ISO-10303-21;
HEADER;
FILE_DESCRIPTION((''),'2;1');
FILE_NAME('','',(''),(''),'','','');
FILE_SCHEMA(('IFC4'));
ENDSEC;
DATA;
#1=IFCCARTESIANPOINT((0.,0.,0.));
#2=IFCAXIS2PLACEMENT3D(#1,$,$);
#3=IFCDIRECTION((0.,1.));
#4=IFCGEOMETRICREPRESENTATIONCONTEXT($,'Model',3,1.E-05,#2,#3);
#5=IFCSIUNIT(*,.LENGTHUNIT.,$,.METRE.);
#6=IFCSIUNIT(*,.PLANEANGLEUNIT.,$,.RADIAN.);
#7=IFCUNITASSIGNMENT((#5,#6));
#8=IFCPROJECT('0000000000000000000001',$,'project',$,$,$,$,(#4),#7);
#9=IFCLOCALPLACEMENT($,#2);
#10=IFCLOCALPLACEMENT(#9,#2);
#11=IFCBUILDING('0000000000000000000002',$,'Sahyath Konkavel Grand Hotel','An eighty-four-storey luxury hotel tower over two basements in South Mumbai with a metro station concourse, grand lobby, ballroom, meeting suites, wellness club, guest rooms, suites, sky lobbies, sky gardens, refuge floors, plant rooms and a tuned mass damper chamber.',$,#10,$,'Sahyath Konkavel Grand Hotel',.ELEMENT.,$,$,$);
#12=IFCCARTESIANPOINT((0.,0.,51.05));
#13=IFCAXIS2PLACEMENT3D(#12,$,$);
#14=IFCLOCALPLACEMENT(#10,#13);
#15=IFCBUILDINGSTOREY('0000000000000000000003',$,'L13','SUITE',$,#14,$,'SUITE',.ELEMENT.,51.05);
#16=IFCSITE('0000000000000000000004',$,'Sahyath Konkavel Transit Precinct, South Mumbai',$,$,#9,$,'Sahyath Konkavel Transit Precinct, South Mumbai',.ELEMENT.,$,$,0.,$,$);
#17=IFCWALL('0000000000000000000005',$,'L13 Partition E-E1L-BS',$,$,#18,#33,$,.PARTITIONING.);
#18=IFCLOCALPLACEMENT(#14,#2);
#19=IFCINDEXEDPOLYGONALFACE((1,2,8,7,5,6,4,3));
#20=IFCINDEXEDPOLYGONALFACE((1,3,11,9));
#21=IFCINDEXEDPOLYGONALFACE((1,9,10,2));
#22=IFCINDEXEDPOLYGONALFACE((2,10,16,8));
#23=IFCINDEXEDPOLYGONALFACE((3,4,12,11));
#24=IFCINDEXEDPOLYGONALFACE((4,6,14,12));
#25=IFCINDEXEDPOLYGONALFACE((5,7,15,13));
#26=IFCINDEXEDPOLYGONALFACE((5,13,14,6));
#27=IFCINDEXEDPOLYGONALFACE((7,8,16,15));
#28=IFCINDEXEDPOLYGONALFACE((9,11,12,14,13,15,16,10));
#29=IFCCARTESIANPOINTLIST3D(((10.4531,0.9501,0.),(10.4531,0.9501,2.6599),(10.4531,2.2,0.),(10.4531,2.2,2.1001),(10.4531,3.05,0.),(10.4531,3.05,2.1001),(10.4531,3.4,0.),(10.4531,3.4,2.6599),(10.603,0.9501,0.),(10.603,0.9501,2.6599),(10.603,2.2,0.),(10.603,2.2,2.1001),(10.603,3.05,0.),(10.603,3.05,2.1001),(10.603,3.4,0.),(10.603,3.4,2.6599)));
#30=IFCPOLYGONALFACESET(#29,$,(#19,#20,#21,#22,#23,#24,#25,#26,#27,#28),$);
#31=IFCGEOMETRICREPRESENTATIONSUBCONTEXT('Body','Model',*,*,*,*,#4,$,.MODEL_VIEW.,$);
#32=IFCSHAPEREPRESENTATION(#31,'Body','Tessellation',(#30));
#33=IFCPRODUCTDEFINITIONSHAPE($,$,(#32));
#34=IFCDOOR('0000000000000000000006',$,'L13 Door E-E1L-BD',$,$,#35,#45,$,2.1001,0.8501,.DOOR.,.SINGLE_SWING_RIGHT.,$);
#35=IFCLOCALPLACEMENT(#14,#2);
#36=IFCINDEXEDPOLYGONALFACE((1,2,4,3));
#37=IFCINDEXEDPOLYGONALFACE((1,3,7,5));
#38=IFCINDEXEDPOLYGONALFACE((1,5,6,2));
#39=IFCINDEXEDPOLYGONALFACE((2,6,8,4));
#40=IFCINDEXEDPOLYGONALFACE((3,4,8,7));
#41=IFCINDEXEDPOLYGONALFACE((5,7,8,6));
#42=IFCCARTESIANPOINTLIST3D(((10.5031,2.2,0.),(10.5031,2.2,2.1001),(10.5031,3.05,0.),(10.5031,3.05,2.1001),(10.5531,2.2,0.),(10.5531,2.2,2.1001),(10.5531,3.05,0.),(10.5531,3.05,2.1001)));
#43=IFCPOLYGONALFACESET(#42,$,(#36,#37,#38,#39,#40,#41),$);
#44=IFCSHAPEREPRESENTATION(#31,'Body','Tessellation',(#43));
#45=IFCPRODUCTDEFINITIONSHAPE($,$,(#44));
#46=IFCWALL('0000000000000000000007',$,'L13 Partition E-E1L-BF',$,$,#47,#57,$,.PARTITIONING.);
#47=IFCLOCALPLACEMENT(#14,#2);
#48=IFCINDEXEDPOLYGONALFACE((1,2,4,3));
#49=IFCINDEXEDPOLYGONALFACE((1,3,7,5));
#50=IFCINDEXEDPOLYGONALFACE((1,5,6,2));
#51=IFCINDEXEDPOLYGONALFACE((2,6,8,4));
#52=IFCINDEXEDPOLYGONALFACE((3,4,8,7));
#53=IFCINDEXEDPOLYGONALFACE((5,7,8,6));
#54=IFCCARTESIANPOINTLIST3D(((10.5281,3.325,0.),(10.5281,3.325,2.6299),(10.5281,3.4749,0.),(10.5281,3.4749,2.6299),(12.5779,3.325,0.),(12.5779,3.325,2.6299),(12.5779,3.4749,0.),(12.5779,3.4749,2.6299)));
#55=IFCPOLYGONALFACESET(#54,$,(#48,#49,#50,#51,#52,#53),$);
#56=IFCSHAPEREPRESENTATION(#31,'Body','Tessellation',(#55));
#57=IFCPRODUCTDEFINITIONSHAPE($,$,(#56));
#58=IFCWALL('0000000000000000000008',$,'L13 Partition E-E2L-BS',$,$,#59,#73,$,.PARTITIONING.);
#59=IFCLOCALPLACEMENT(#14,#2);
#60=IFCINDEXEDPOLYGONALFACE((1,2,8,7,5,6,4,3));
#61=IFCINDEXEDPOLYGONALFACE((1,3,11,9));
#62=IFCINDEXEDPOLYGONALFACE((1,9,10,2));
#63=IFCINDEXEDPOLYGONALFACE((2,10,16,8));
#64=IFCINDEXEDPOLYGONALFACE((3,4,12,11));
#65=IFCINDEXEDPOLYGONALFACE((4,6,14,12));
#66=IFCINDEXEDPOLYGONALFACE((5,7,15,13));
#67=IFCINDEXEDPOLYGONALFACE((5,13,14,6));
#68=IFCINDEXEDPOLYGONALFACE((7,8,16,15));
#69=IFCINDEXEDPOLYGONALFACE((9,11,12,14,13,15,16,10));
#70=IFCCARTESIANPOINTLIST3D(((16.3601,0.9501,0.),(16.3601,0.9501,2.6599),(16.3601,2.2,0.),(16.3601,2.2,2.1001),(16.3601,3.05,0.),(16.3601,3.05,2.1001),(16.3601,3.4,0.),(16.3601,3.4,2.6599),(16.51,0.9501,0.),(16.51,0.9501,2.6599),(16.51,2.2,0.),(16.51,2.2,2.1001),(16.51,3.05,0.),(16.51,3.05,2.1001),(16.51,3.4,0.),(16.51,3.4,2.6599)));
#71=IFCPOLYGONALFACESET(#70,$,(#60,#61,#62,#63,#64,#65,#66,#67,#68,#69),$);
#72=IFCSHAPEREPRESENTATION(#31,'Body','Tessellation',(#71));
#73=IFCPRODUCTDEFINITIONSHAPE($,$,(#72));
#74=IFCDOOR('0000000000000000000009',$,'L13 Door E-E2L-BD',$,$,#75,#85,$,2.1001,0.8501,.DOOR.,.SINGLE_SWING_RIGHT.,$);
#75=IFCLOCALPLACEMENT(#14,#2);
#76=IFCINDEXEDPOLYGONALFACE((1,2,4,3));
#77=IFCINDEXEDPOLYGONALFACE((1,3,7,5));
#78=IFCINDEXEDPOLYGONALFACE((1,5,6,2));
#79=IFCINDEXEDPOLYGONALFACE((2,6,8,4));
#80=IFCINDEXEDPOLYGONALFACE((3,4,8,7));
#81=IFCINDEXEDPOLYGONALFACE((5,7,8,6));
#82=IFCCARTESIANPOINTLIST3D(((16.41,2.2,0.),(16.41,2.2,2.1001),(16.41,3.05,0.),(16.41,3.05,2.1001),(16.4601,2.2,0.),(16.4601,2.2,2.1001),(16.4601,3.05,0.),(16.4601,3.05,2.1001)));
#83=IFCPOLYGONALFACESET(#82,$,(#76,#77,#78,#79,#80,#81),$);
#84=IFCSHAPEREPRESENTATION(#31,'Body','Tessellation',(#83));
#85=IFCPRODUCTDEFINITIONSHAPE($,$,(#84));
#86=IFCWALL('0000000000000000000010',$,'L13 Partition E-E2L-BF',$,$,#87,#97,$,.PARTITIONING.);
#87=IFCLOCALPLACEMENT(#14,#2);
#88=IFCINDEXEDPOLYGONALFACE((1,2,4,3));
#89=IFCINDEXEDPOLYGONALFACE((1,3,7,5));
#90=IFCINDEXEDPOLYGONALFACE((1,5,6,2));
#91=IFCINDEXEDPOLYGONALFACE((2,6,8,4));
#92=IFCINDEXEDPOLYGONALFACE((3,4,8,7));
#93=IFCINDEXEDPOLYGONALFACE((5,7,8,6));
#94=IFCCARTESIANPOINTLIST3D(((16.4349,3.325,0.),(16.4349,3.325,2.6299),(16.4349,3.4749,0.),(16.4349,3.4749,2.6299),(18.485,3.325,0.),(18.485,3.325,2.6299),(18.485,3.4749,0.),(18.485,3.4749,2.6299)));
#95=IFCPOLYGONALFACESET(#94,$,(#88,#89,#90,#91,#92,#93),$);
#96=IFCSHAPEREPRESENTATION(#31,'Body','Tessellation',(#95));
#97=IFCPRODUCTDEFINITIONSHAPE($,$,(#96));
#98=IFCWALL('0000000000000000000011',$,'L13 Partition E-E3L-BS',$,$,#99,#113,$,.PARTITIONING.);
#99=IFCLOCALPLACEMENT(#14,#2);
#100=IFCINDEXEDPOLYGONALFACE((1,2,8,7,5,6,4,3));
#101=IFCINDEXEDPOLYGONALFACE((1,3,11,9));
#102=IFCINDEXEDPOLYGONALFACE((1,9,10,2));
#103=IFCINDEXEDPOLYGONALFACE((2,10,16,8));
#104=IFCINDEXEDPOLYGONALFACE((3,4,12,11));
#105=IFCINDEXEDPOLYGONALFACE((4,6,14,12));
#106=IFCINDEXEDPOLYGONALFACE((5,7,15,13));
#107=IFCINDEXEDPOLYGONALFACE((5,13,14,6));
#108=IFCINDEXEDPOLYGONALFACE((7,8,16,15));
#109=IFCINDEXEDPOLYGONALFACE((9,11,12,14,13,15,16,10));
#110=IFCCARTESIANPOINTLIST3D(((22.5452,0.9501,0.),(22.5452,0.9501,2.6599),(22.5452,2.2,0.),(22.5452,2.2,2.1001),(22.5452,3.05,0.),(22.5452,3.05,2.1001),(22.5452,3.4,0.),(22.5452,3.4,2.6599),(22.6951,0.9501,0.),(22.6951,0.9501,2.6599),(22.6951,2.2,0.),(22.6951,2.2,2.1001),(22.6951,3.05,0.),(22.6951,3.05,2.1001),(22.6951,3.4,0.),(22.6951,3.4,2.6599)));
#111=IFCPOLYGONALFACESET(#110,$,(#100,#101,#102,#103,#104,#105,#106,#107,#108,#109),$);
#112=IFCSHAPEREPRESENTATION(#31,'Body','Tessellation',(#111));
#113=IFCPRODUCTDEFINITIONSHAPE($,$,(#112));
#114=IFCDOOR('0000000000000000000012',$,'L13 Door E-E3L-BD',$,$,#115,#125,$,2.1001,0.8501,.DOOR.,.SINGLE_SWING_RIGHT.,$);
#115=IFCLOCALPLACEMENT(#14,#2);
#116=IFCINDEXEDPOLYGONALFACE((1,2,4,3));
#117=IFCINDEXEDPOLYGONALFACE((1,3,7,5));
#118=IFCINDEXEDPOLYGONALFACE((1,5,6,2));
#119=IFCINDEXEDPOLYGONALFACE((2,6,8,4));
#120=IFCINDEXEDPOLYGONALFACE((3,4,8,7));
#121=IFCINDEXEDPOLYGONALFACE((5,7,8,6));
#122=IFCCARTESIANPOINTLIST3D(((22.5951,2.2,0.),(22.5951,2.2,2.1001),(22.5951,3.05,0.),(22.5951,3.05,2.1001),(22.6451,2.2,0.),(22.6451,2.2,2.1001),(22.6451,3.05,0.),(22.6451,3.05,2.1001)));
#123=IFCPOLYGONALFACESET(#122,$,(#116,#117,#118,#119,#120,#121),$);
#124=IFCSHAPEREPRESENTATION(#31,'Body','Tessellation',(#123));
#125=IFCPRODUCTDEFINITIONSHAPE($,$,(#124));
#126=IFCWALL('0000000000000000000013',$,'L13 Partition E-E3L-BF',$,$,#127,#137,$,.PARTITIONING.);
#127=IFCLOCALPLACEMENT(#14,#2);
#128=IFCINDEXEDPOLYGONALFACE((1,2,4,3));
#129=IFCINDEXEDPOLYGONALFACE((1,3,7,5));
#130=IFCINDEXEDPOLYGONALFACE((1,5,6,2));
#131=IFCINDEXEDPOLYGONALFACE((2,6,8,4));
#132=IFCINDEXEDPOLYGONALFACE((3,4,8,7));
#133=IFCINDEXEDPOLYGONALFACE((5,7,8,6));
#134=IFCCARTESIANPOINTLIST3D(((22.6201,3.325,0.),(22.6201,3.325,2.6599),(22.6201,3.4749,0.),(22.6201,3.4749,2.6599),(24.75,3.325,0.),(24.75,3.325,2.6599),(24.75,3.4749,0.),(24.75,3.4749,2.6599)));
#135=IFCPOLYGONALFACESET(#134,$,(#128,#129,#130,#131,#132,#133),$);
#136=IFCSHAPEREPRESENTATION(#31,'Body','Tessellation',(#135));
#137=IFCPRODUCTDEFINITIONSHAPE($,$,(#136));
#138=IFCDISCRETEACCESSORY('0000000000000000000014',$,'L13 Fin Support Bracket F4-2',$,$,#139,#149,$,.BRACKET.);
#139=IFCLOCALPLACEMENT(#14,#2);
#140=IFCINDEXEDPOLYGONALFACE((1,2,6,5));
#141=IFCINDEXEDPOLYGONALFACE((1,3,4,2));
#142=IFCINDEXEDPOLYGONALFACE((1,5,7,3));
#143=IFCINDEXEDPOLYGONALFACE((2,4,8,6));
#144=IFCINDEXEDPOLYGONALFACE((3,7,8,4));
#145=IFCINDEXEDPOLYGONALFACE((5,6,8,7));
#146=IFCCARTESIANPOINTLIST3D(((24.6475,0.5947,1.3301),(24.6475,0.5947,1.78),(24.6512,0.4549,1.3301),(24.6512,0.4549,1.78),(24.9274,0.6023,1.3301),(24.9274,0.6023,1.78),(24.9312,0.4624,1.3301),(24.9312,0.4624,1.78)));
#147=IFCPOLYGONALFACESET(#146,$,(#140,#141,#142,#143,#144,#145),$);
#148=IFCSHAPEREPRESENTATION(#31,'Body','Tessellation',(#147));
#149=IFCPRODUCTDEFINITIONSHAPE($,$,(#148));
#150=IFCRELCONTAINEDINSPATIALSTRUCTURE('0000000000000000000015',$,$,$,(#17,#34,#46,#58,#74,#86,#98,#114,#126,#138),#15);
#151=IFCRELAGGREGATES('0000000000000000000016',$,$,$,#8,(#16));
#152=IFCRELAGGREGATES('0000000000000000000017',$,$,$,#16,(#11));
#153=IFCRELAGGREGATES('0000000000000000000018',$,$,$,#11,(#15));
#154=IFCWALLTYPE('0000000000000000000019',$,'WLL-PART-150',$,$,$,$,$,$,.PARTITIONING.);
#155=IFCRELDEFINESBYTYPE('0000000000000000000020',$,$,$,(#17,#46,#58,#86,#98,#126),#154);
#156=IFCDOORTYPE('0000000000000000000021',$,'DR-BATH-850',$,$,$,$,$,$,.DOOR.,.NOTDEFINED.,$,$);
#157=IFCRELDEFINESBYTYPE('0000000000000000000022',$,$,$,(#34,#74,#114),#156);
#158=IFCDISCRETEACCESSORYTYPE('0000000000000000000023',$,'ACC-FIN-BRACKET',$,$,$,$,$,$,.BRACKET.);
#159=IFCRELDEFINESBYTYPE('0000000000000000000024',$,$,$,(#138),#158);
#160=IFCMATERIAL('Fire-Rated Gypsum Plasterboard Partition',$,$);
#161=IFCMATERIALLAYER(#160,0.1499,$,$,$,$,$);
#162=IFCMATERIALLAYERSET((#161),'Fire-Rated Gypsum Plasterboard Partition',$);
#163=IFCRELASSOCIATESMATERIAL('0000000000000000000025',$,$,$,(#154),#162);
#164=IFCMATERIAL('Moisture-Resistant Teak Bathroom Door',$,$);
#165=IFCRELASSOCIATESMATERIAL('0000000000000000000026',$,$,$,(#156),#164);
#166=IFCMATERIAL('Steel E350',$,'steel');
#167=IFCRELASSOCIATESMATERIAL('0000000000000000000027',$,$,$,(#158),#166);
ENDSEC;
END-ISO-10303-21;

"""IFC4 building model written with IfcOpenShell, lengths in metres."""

from ifc_helpers import new_model, si_unit, direction, frame, frame_2d, origin, origin_2d, place, context, subcontext, project, spatial, rectangle, extrude, source, transform, mapped, material, layer, layer_set, type_object, element, fill, save


model = new_model("IFC4")

# Units and contexts
model_context = context("Model", 3, precision=1e-05, world=origin(), true_north=direction((0.0, 1.0)))
body_context = subcontext(model_context, "Body", "Model", "MODEL_VIEW")
ifc_project = project(units=[si_unit("LENGTHUNIT", "METRE"), si_unit("PLANEANGLEUNIT", "RADIAN")], contexts=[model_context])

# Site, building, storey
site_placement = place(None, origin())
site = spatial("IfcSite", under=ifc_project, at=site_placement, Name="Sahyath Konkavel Transit Precinct, South Mumbai", LongName="Sahyath Konkavel Transit Precinct, South Mumbai", CompositionType="ELEMENT", RefElevation=0.0)
building_placement = place(site_placement, origin())
building = spatial("IfcBuilding", under=site, at=building_placement, Name="Sahyath Konkavel Grand Hotel", Description="An eighty-four-storey luxury hotel tower over two basements in South Mumbai with a metro station concourse, grand lobby, ballroom, meeting suites, wellness club, guest rooms, suites, sky lobbies, sky gardens, refuge floors, plant rooms and a tuned mass damper chamber.", LongName="Sahyath Konkavel Grand Hotel", CompositionType="ELEMENT")
storey_placement = place(building_placement, frame((0.0, 0.0, 51.05)))
storey = spatial("IfcBuildingStorey", under=building, at=storey_placement, Name="L13", Description="SUITE", LongName="SUITE", CompositionType="ELEMENT", Elevation=51.05)

# Shared definitions
ifc_material_1 = material(Name="Steel E350", Category="steel")

# Shared definitions
ifc_material_2 = material(Name="Fire-Rated Gypsum Plasterboard Partition")
ifc_layer_1 = layer(ifc_material_2, 0.1499)
ifc_layer_set_1 = layer_set([ifc_layer_1], Name="Fire-Rated Gypsum Plasterboard Partition")
wall_type_1 = type_object("IfcWallType", Name="WLL-PART-150", PredefinedType="PARTITIONING", material=ifc_layer_set_1)
shared_shape_1 = source(origin(), body_context, "Body", "SweptSolid", [
    extrude(rectangle(XDim=0.8501, YDim=0.05, at=origin_2d()), origin(), (0.0, 0.0, 1.0), 2.1001),
])

# Wall, opening, door
wall_1_placement = place(storey_placement, frame((10.5281, 0.95, 0.0), z_axis=(0.0, 0.0, 1.0), x_axis=(0.0, 1.0, 0.0)))
wall_1 = element("IfcWall", 1, at=wall_1_placement, inside=storey, type_object=wall_type_1, Name="L13 Partition E-E1L-BS", PredefinedType="PARTITIONING", context=body_context, shape_type="SweptSolid", body=[
    extrude(rectangle(XDim=2.45, YDim=0.1499, at=frame_2d((1.2251, 0.0))), origin(), (0.0, 0.0, 1.0), 2.6599),
])
opening_1_placement = place(wall_1_placement, frame((1.25, 0.0, 0.0)))
opening_1 = element("IfcOpeningElement", 2, at=opening_1_placement, cuts=wall_1, PredefinedType="OPENING", context=body_context, shape_type="SweptSolid", body=[
    extrude(rectangle(XDim=0.8501, YDim=2.1001, at=frame_2d((0.425, 1.05))), frame((0.0, 0.085, 0.0), z_axis=(0.0, -1.0, 0.0), x_axis=(1.0, 0.0, 0.0)), (0.0, 0.0, 1.0), 0.1699),
])
ifc_material_3 = material(Name="Moisture-Resistant Teak Bathroom Door")
door_type_1 = type_object("IfcDoorType", Name="DR-BATH-850", OperationType="NOTDEFINED", PredefinedType="DOOR", material=ifc_material_3)
door_1_placement = place(opening_1_placement, frame((0.425, 0.0, 0.0)))
door_1 = element("IfcDoor", 3, at=door_1_placement, inside=storey, type_object=door_type_1, Name="L13 Door E-E1L-BD", OperationType="SINGLE_SWING_RIGHT", OverallHeight=2.1001, OverallWidth=0.8501, PredefinedType="DOOR", context=body_context, shape_type="MappedRepresentation", body=[
    mapped(shared_shape_1, transform((0.0, 0.0, 0.0), scale=1.0)),
])
fill(opening_1, door_1)

# Wall
wall_2_placement = place(storey_placement, frame((10.5281, 3.3999, 0.0), z_axis=(0.0, 0.0, 1.0), x_axis=(1.0, 0.0, 0.0)))
element("IfcWall", 4, at=wall_2_placement, inside=storey, type_object=wall_type_1, Name="L13 Partition E-E1L-BF", PredefinedType="PARTITIONING", context=body_context, shape_type="SweptSolid", body=[
    extrude(rectangle(XDim=2.0498, YDim=0.1499, at=frame_2d((1.0249, 0.0))), origin(), (0.0, 0.0, 1.0), 2.6299),
])

# Wall, opening, door
wall_3_placement = place(storey_placement, frame((16.4351, 0.95, 0.0), z_axis=(0.0, 0.0, 1.0), x_axis=(0.0, 1.0, 0.0)))
wall_3 = element("IfcWall", 5, at=wall_3_placement, inside=storey, type_object=wall_type_1, Name="L13 Partition E-E2L-BS", PredefinedType="PARTITIONING", context=body_context, shape_type="SweptSolid", body=[
    extrude(rectangle(XDim=2.45, YDim=0.1499, at=frame_2d((1.2251, 0.0))), origin(), (0.0, 0.0, 1.0), 2.6599),
])
opening_2_placement = place(wall_3_placement, frame((1.25, 0.0, 0.0)))
opening_2 = element("IfcOpeningElement", 6, at=opening_2_placement, cuts=wall_3, PredefinedType="OPENING", context=body_context, shape_type="SweptSolid", body=[
    extrude(rectangle(XDim=0.8501, YDim=2.1001, at=frame_2d((0.425, 1.05))), frame((0.0, 0.085, 0.0), z_axis=(0.0, -1.0, 0.0), x_axis=(1.0, 0.0, 0.0)), (0.0, 0.0, 1.0), 0.1699),
])
door_2_placement = place(opening_2_placement, frame((0.425, 0.0, 0.0)))
door_2 = element("IfcDoor", 7, at=door_2_placement, inside=storey, type_object=door_type_1, Name="L13 Door E-E2L-BD", OperationType="SINGLE_SWING_RIGHT", OverallHeight=2.1001, OverallWidth=0.8501, PredefinedType="DOOR", context=body_context, shape_type="MappedRepresentation", body=[
    mapped(shared_shape_1, transform((0.0, 0.0, 0.0), scale=1.0)),
])
fill(opening_2, door_2)

# Wall
wall_4_placement = place(storey_placement, frame((16.4351, 3.3999, 0.0), z_axis=(0.0, 0.0, 1.0), x_axis=(1.0, 0.0, 0.0)))
element("IfcWall", 8, at=wall_4_placement, inside=storey, type_object=wall_type_1, Name="L13 Partition E-E2L-BF", PredefinedType="PARTITIONING", context=body_context, shape_type="SweptSolid", body=[
    extrude(rectangle(XDim=2.05, YDim=0.1499, at=frame_2d((1.0249, 0.0))), origin(), (0.0, 0.0, 1.0), 2.6299),
])

# Wall, opening, door
wall_5_placement = place(storey_placement, frame((22.6201, 0.95, 0.0), z_axis=(0.0, 0.0, 1.0), x_axis=(0.0, 1.0, 0.0)))
wall_5 = element("IfcWall", 9, at=wall_5_placement, inside=storey, type_object=wall_type_1, Name="L13 Partition E-E3L-BS", PredefinedType="PARTITIONING", context=body_context, shape_type="SweptSolid", body=[
    extrude(rectangle(XDim=2.45, YDim=0.1499, at=frame_2d((1.2251, 0.0))), origin(), (0.0, 0.0, 1.0), 2.6599),
])
opening_3_placement = place(wall_5_placement, frame((1.25, 0.0, 0.0)))
opening_3 = element("IfcOpeningElement", 10, at=opening_3_placement, cuts=wall_5, PredefinedType="OPENING", context=body_context, shape_type="SweptSolid", body=[
    extrude(rectangle(XDim=0.8501, YDim=2.1001, at=frame_2d((0.425, 1.05))), frame((0.0, 0.085, 0.0), z_axis=(0.0, -1.0, 0.0), x_axis=(1.0, 0.0, 0.0)), (0.0, 0.0, 1.0), 0.1699),
])
door_3_placement = place(opening_3_placement, frame((0.425, 0.0, 0.0)))
door_3 = element("IfcDoor", 11, at=door_3_placement, inside=storey, type_object=door_type_1, Name="L13 Door E-E3L-BD", OperationType="SINGLE_SWING_RIGHT", OverallHeight=2.1001, OverallWidth=0.8501, PredefinedType="DOOR", context=body_context, shape_type="MappedRepresentation", body=[
    mapped(shared_shape_1, transform((0.0, 0.0, 0.0), scale=1.0)),
])
fill(opening_3, door_3)

# Wall
wall_6_placement = place(storey_placement, frame((22.6201, 3.3999, 0.0), z_axis=(0.0, 0.0, 1.0), x_axis=(1.0, 0.0, 0.0)))
element("IfcWall", 12, at=wall_6_placement, inside=storey, type_object=wall_type_1, Name="L13 Partition E-E3L-BF", PredefinedType="PARTITIONING", context=body_context, shape_type="SweptSolid", body=[
    extrude(rectangle(XDim=2.1299, YDim=0.1499, at=frame_2d((1.0649, 0.0))), origin(), (0.0, 0.0, 1.0), 2.6599),
])

# Discrete accessory
discrete_accessory_type = type_object("IfcDiscreteAccessoryType", Name="ACC-FIN-BRACKET", PredefinedType="BRACKET", material=ifc_material_1)
shared_shape_2 = source(origin(), body_context, "Body", "SweptSolid", [
    extrude(rectangle(XDim=0.28, YDim=0.1399, at=origin_2d()), origin(), (0.0, 0.0, 1.0), 0.45),
])
discrete_accessory_placement = place(storey_placement, frame((24.7893, 0.5286, 1.3301), z_axis=(0.0, 0.0, 1.0), x_axis=(0.999638, 0.02691, 0.0)))
element("IfcDiscreteAccessory", 13, at=discrete_accessory_placement, inside=storey, type_object=discrete_accessory_type, Name="L13 Fin Support Bracket F4-2", PredefinedType="BRACKET", context=body_context, shape_type="MappedRepresentation", body=[
    mapped(shared_shape_2, transform((0.0, 0.0, 0.0), scale=1.0)),
])

save(model, "model.ifc")
